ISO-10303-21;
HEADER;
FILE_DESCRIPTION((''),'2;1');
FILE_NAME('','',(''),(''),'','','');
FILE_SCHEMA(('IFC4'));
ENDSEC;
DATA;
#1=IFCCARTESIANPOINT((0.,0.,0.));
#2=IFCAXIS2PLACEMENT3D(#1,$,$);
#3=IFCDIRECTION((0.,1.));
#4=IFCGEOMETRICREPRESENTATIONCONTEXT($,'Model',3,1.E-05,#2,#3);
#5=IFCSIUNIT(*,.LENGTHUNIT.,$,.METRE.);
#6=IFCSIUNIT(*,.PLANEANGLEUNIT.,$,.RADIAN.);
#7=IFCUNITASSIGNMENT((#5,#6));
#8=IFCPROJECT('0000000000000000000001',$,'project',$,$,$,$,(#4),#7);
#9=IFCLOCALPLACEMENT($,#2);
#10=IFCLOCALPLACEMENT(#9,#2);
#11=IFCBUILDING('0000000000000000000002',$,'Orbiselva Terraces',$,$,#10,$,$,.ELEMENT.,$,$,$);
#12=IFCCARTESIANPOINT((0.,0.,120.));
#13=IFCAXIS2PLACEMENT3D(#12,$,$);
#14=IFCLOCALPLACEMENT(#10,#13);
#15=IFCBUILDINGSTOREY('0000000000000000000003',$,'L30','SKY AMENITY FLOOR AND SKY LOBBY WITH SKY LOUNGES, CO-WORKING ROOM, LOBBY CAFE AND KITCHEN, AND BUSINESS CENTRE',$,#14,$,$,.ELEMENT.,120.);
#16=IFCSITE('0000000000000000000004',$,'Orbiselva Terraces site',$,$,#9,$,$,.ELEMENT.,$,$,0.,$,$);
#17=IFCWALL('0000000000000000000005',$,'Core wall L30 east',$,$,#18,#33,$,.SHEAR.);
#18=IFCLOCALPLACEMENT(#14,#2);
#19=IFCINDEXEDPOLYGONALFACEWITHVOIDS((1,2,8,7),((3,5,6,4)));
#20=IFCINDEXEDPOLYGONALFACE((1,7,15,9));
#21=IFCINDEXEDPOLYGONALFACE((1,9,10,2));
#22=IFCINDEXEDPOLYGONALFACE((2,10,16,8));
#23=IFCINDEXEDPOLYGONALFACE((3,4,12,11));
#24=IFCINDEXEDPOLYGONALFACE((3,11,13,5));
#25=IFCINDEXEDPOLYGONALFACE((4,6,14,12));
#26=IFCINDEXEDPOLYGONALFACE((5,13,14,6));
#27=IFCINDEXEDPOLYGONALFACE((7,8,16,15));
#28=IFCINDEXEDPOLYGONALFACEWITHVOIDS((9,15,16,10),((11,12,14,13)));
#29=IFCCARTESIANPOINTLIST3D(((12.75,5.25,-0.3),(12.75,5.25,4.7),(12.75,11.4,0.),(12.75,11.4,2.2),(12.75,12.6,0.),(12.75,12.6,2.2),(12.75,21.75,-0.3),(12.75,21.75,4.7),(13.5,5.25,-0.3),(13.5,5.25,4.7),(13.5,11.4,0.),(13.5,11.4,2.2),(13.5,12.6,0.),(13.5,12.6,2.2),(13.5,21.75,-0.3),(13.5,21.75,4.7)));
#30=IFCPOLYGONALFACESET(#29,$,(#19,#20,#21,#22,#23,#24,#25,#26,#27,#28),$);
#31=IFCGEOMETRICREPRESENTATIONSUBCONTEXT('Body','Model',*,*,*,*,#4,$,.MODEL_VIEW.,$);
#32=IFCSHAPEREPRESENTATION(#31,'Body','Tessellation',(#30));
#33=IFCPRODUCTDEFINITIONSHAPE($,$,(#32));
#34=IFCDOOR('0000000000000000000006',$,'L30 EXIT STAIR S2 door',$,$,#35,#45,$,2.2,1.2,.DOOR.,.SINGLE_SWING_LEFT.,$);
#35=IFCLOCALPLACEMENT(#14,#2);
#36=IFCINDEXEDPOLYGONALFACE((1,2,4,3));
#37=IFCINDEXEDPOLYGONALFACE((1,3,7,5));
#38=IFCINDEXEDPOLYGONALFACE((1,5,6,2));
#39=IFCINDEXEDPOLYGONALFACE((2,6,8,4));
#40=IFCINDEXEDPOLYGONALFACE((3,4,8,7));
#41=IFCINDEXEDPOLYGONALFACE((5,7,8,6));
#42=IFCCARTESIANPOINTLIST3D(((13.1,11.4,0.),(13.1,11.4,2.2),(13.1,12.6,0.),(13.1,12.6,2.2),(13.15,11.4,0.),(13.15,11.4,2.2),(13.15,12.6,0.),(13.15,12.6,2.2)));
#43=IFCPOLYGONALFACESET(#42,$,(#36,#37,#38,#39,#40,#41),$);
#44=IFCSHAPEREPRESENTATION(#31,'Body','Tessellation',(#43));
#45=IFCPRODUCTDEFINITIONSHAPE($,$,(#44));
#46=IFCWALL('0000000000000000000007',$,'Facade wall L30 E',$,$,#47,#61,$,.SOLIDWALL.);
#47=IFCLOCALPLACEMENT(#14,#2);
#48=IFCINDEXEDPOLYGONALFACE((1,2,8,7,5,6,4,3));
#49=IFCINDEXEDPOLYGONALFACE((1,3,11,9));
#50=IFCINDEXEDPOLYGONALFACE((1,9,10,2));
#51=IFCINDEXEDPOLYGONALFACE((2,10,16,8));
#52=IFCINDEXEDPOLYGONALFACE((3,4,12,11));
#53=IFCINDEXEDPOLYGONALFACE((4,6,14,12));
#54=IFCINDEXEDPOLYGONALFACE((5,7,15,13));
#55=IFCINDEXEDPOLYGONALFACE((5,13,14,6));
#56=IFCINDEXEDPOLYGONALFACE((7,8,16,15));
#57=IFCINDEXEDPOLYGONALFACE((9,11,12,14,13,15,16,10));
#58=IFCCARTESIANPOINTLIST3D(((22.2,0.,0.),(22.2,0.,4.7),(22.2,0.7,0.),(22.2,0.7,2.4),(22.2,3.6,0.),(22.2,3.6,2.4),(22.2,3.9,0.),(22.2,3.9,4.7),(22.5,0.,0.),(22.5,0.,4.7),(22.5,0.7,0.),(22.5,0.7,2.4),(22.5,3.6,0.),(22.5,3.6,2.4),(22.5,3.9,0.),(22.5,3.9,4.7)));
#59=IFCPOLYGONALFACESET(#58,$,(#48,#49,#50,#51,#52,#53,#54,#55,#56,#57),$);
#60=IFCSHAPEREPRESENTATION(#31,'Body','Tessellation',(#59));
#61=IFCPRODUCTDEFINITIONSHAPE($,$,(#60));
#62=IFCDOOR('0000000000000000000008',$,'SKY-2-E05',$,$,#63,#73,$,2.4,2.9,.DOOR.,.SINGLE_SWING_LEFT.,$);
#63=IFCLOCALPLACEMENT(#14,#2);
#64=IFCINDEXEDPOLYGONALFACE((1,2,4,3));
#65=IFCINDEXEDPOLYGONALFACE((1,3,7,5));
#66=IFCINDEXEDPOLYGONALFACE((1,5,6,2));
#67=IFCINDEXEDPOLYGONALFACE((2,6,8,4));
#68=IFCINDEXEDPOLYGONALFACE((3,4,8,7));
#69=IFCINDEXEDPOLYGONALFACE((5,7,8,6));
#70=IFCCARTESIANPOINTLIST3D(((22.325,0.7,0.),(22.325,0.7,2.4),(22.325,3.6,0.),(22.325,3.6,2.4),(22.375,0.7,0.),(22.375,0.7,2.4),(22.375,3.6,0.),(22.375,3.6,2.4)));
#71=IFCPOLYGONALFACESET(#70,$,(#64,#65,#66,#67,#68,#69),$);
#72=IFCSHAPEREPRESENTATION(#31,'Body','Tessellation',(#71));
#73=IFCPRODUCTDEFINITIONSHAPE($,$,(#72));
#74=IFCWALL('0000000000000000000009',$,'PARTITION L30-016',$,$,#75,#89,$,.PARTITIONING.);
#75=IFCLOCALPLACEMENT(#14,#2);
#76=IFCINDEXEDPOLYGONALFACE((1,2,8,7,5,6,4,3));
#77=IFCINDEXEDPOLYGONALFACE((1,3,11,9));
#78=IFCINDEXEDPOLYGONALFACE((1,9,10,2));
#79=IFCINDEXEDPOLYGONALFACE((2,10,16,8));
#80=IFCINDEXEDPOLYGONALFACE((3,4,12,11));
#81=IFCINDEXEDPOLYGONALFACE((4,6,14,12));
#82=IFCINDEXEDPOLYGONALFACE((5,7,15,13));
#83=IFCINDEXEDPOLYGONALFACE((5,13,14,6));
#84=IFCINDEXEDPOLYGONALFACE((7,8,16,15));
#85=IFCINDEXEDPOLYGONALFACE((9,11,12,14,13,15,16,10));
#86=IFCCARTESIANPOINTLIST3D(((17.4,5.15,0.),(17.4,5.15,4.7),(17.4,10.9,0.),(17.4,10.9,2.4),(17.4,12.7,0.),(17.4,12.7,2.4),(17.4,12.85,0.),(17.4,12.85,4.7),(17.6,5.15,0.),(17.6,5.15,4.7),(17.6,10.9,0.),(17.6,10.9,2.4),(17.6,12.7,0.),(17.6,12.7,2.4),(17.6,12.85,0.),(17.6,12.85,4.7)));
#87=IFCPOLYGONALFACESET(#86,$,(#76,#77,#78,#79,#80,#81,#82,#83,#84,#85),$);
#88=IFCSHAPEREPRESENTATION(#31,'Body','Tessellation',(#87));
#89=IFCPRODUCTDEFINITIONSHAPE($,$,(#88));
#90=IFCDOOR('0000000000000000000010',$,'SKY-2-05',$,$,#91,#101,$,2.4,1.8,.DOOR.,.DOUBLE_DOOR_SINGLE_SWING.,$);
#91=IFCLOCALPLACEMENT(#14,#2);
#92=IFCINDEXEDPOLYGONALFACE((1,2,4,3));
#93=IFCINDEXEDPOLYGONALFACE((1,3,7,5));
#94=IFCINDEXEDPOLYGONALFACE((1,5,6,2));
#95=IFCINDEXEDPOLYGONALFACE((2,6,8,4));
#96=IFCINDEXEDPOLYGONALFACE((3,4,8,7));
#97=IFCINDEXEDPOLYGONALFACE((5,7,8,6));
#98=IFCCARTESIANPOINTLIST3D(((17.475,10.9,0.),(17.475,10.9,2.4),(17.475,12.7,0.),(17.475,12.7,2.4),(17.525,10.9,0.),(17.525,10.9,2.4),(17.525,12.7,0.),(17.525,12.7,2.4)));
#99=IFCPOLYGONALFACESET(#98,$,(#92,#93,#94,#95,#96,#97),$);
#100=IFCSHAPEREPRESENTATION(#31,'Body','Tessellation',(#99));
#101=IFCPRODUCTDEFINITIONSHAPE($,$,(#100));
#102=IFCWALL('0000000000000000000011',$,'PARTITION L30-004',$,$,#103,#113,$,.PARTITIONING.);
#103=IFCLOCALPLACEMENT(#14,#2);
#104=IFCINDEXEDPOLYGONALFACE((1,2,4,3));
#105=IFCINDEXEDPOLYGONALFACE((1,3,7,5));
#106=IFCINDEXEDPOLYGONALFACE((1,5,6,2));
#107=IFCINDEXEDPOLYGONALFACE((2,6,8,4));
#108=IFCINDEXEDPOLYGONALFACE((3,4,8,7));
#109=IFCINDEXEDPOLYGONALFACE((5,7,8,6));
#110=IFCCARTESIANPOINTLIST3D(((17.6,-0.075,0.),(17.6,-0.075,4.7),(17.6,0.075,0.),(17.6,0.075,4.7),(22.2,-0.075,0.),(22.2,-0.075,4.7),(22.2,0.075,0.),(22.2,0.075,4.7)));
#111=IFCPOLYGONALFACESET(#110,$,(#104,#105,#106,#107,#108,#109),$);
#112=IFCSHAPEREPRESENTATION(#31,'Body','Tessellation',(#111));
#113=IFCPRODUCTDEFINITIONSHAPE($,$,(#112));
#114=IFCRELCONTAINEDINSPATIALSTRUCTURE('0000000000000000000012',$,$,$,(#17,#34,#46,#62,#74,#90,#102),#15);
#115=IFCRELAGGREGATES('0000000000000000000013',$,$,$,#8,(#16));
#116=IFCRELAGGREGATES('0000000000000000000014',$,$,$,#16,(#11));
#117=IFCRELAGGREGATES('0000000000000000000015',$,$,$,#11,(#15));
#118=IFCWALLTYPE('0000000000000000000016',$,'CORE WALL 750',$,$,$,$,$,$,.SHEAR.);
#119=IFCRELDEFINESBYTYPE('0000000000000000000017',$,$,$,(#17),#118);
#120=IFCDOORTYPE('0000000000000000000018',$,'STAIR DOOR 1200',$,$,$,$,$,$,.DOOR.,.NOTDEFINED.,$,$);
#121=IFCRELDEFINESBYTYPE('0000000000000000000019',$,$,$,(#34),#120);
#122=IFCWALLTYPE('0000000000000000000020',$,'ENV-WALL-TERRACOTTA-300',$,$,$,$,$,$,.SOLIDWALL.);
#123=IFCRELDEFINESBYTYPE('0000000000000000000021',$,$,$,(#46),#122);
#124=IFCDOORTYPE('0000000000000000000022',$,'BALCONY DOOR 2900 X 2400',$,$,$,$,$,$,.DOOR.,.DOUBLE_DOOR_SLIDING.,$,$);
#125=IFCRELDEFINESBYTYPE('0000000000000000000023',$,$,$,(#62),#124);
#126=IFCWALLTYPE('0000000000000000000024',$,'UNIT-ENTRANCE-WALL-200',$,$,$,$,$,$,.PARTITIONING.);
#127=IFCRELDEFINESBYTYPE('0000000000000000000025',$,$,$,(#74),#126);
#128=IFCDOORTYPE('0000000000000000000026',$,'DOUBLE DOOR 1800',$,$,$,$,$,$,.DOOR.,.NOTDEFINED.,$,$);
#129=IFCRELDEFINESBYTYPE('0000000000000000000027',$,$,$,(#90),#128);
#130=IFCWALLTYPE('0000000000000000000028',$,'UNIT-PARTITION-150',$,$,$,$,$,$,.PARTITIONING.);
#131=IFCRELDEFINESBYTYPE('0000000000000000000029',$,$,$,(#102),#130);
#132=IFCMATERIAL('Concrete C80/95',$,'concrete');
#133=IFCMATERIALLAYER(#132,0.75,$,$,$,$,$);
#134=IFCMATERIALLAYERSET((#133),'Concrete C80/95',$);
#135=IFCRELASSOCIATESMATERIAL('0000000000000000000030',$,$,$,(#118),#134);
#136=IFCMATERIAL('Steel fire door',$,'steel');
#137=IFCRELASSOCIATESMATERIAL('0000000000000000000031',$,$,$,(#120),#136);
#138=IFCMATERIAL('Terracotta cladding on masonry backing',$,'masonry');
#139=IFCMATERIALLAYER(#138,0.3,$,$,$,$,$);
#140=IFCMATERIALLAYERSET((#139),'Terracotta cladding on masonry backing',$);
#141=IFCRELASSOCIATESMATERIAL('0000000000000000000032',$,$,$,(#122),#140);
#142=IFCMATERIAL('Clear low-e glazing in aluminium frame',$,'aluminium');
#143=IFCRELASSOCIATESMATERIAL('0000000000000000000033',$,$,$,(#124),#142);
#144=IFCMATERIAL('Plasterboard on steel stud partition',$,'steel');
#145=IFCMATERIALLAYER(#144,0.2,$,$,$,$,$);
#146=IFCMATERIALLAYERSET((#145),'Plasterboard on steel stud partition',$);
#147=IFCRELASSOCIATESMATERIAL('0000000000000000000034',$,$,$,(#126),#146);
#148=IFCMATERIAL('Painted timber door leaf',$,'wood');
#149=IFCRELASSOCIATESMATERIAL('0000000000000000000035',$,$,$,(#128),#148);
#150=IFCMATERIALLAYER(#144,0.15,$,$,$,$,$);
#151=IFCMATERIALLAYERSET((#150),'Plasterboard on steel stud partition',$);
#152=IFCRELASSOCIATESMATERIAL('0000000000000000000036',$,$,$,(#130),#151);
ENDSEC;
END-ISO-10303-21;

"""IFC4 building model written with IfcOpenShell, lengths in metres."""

from ifc_helpers import new_model, si_unit, direction, frame, frame_2d, origin, place, context, subcontext, project, spatial, rectangle, extrude, material, layer, layer_set, type_object, element, fill, save


model = new_model("IFC4")

# Units and contexts
model_context = context("Model", 3, precision=1e-05, world=origin(), true_north=direction((0.0, 1.0)))
body_context = subcontext(model_context, "Body", "Model", "MODEL_VIEW")
ifc_project = project(units=[si_unit("LENGTHUNIT", "METRE"), si_unit("PLANEANGLEUNIT", "RADIAN")], contexts=[model_context])

# Site, building, storey
site_placement = place(None, origin())
site = spatial("IfcSite", under=ifc_project, at=site_placement, Name="Orbiselva Terraces site", CompositionType="ELEMENT", RefElevation=0.0)
building_placement = place(site_placement, origin())
building = spatial("IfcBuilding", under=site, at=building_placement, Name="Orbiselva Terraces", CompositionType="ELEMENT")
storey_placement = place(building_placement, frame((0.0, 0.0, 120.0)))
storey = spatial("IfcBuildingStorey", under=building, at=storey_placement, Name="L30", Description="SKY AMENITY FLOOR AND SKY LOBBY WITH SKY LOUNGES, CO-WORKING ROOM, LOBBY CAFE AND KITCHEN, AND BUSINESS CENTRE", CompositionType="ELEMENT", Elevation=120.0)

# Shared definitions
ifc_material_1 = material(Name="Clear low-e glazing in aluminium frame", Category="aluminium")

# Walls, openings, doors
ifc_material_2 = material(Name="Concrete C80/95", Category="concrete")
ifc_layer_1 = layer(ifc_material_2, 0.75)
ifc_layer_set_1 = layer_set([ifc_layer_1], Name="Concrete C80/95")
wall_type_1 = type_object("IfcWallType", Name="CORE WALL 750", PredefinedType="SHEAR", material=ifc_layer_set_1)
wall_1_placement = place(storey_placement, frame((13.125, 5.25, -0.3), z_axis=(0.0, 0.0, 1.0), x_axis=(0.0, 1.0, 0.0)))
wall_1 = element("IfcWall", 1, at=wall_1_placement, inside=storey, type_object=wall_type_1, Name="Core wall L30 east", PredefinedType="SHEAR", context=body_context, shape_type="SweptSolid", body=[
    extrude(rectangle(XDim=16.5, YDim=0.75, at=frame_2d((8.25, 0.0))), origin(), (0.0, 0.0, 1.0), 5.0),
])
opening_1_placement = place(wall_1_placement, frame((6.15, 0.0, 0.3)))
opening_1 = element("IfcOpeningElement", 2, at=opening_1_placement, cuts=wall_1, PredefinedType="OPENING", context=body_context, shape_type="SweptSolid", body=[
    extrude(rectangle(XDim=1.2, YDim=2.2, at=frame_2d((0.6, 1.1))), frame((0.0, 0.385, 0.0), z_axis=(0.0, -1.0, 0.0), x_axis=(1.0, 0.0, 0.0)), (0.0, 0.0, 1.0), 0.77),
])
ifc_material_3 = material(Name="Steel fire door", Category="steel")
door_type_1 = type_object("IfcDoorType", Name="STAIR DOOR 1200", OperationType="NOTDEFINED", PredefinedType="DOOR", material=ifc_material_3)
door_1_placement = place(opening_1_placement, frame((1.2, 0.0, 0.0), z_axis=(0.0, 0.0, 1.0), x_axis=(-1.0, 0.0, 0.0)))
door_1 = element("IfcDoor", 3, at=door_1_placement, inside=storey, type_object=door_type_1, Name="L30 EXIT STAIR S2 door", OperationType="SINGLE_SWING_LEFT", OverallHeight=2.2, OverallWidth=1.2, PredefinedType="DOOR", context=body_context, shape_type="SweptSolid", body=[
    extrude(rectangle(XDim=1.2, YDim=2.2, at=frame_2d((0.6, 1.1))), frame((0.0, 0.025, 0.0), z_axis=(0.0, -1.0, 0.0), x_axis=(1.0, 0.0, 0.0)), (0.0, 0.0, 1.0), 0.05),
])
fill(opening_1, door_1)
ifc_material_4 = material(Name="Terracotta cladding on masonry backing", Category="masonry")
ifc_layer_2 = layer(ifc_material_4, 0.3)
ifc_layer_set_2 = layer_set([ifc_layer_2], Name="Terracotta cladding on masonry backing")
wall_type_2 = type_object("IfcWallType", Name="ENV-WALL-TERRACOTTA-300", PredefinedType="SOLIDWALL", material=ifc_layer_set_2)
wall_2_placement = place(storey_placement, frame((22.35, 3.9, 0.0), z_axis=(0.0, 0.0, 1.0), x_axis=(0.0, -1.0, 0.0)))
wall_2 = element("IfcWall", 4, at=wall_2_placement, inside=storey, type_object=wall_type_2, Name="Facade wall L30 E", PredefinedType="SOLIDWALL", context=body_context, shape_type="SweptSolid", body=[
    extrude(rectangle(XDim=3.9, YDim=0.3, at=frame_2d((1.95, 0.0))), origin(), (0.0, 0.0, 1.0), 4.7),
])
opening_2_placement = place(wall_2_placement, frame((0.3, 0.0, 0.0)))
opening_2 = element("IfcOpeningElement", 5, at=opening_2_placement, cuts=wall_2, PredefinedType="OPENING", context=body_context, shape_type="SweptSolid", body=[
    extrude(rectangle(XDim=2.9, YDim=2.4, at=frame_2d((1.45, 1.2))), frame((0.0, 0.16, 0.0), z_axis=(0.0, -1.0, 0.0), x_axis=(1.0, 0.0, 0.0)), (0.0, 0.0, 1.0), 0.32),
])
door_type_2 = type_object("IfcDoorType", Name="BALCONY DOOR 2900 X 2400", OperationType="DOUBLE_DOOR_SLIDING", PredefinedType="DOOR", material=ifc_material_1)
door_2_placement = place(opening_2_placement, origin())
door_2 = element("IfcDoor", 6, at=door_2_placement, inside=storey, type_object=door_type_2, Name="SKY-2-E05", OperationType="SINGLE_SWING_LEFT", OverallHeight=2.4, OverallWidth=2.9, PredefinedType="DOOR", context=body_context, shape_type="SweptSolid", body=[
    extrude(rectangle(XDim=2.9, YDim=2.4, at=frame_2d((1.45, 1.2))), frame((0.0, 0.025, 0.0), z_axis=(0.0, -1.0, 0.0), x_axis=(1.0, 0.0, 0.0)), (0.0, 0.0, 1.0), 0.05),
])
fill(opening_2, door_2)
ifc_material_5 = material(Name="Plasterboard on steel stud partition", Category="steel")
ifc_layer_3 = layer(ifc_material_5, 0.2)
ifc_layer_set_3 = layer_set([ifc_layer_3], Name="Plasterboard on steel stud partition")
wall_type_3 = type_object("IfcWallType", Name="UNIT-ENTRANCE-WALL-200", PredefinedType="PARTITIONING", material=ifc_layer_set_3)
wall_3_placement = place(storey_placement, frame((17.5, 5.15, 0.0), z_axis=(0.0, 0.0, 1.0), x_axis=(0.0, 1.0, 0.0)))
wall_3 = element("IfcWall", 7, at=wall_3_placement, inside=storey, type_object=wall_type_3, Name="PARTITION L30-016", PredefinedType="PARTITIONING", context=body_context, shape_type="SweptSolid", body=[
    extrude(rectangle(XDim=7.7, YDim=0.2, at=frame_2d((3.85, 0.0))), origin(), (0.0, 0.0, 1.0), 4.7),
])
opening_3_placement = place(wall_3_placement, frame((5.75, 0.0, 0.0)))
opening_3 = element("IfcOpeningElement", 8, at=opening_3_placement, cuts=wall_3, PredefinedType="OPENING", context=body_context, shape_type="SweptSolid", body=[
    extrude(rectangle(XDim=1.8, YDim=2.4, at=frame_2d((0.9, 1.2))), frame((0.0, 0.11, 0.0), z_axis=(0.0, -1.0, 0.0), x_axis=(1.0, 0.0, 0.0)), (0.0, 0.0, 1.0), 0.22),
])
ifc_material_6 = material(Name="Painted timber door leaf", Category="wood")
door_type_3 = type_object("IfcDoorType", Name="DOUBLE DOOR 1800", OperationType="NOTDEFINED", PredefinedType="DOOR", material=ifc_material_6)
door_3_placement = place(opening_3_placement, origin())
door_3 = element("IfcDoor", 9, at=door_3_placement, inside=storey, type_object=door_type_3, Name="SKY-2-05", OperationType="DOUBLE_DOOR_SINGLE_SWING", OverallHeight=2.4, OverallWidth=1.8, PredefinedType="DOOR", context=body_context, shape_type="SweptSolid", body=[
    extrude(rectangle(XDim=1.8, YDim=2.4, at=frame_2d((0.9, 1.2))), frame((0.0, 0.025, 0.0), z_axis=(0.0, -1.0, 0.0), x_axis=(1.0, 0.0, 0.0)), (0.0, 0.0, 1.0), 0.05),
])
fill(opening_3, door_3)

# Wall
ifc_layer_4 = layer(ifc_material_5, 0.15)
ifc_layer_set_4 = layer_set([ifc_layer_4], Name="Plasterboard on steel stud partition")
wall_type_4 = type_object("IfcWallType", Name="UNIT-PARTITION-150", PredefinedType="PARTITIONING", material=ifc_layer_set_4)
wall_4_placement = place(storey_placement, frame((17.6, 0.0, 0.0), z_axis=(0.0, 0.0, 1.0), x_axis=(1.0, 0.0, 0.0)))
element("IfcWall", 10, at=wall_4_placement, inside=storey, type_object=wall_type_4, Name="PARTITION L30-004", PredefinedType="PARTITIONING", context=body_context, shape_type="SweptSolid", body=[
    extrude(rectangle(XDim=4.6, YDim=0.15, at=frame_2d((2.3, 0.0))), origin(), (0.0, 0.0, 1.0), 4.7),
])

save(model, "model.ifc")
